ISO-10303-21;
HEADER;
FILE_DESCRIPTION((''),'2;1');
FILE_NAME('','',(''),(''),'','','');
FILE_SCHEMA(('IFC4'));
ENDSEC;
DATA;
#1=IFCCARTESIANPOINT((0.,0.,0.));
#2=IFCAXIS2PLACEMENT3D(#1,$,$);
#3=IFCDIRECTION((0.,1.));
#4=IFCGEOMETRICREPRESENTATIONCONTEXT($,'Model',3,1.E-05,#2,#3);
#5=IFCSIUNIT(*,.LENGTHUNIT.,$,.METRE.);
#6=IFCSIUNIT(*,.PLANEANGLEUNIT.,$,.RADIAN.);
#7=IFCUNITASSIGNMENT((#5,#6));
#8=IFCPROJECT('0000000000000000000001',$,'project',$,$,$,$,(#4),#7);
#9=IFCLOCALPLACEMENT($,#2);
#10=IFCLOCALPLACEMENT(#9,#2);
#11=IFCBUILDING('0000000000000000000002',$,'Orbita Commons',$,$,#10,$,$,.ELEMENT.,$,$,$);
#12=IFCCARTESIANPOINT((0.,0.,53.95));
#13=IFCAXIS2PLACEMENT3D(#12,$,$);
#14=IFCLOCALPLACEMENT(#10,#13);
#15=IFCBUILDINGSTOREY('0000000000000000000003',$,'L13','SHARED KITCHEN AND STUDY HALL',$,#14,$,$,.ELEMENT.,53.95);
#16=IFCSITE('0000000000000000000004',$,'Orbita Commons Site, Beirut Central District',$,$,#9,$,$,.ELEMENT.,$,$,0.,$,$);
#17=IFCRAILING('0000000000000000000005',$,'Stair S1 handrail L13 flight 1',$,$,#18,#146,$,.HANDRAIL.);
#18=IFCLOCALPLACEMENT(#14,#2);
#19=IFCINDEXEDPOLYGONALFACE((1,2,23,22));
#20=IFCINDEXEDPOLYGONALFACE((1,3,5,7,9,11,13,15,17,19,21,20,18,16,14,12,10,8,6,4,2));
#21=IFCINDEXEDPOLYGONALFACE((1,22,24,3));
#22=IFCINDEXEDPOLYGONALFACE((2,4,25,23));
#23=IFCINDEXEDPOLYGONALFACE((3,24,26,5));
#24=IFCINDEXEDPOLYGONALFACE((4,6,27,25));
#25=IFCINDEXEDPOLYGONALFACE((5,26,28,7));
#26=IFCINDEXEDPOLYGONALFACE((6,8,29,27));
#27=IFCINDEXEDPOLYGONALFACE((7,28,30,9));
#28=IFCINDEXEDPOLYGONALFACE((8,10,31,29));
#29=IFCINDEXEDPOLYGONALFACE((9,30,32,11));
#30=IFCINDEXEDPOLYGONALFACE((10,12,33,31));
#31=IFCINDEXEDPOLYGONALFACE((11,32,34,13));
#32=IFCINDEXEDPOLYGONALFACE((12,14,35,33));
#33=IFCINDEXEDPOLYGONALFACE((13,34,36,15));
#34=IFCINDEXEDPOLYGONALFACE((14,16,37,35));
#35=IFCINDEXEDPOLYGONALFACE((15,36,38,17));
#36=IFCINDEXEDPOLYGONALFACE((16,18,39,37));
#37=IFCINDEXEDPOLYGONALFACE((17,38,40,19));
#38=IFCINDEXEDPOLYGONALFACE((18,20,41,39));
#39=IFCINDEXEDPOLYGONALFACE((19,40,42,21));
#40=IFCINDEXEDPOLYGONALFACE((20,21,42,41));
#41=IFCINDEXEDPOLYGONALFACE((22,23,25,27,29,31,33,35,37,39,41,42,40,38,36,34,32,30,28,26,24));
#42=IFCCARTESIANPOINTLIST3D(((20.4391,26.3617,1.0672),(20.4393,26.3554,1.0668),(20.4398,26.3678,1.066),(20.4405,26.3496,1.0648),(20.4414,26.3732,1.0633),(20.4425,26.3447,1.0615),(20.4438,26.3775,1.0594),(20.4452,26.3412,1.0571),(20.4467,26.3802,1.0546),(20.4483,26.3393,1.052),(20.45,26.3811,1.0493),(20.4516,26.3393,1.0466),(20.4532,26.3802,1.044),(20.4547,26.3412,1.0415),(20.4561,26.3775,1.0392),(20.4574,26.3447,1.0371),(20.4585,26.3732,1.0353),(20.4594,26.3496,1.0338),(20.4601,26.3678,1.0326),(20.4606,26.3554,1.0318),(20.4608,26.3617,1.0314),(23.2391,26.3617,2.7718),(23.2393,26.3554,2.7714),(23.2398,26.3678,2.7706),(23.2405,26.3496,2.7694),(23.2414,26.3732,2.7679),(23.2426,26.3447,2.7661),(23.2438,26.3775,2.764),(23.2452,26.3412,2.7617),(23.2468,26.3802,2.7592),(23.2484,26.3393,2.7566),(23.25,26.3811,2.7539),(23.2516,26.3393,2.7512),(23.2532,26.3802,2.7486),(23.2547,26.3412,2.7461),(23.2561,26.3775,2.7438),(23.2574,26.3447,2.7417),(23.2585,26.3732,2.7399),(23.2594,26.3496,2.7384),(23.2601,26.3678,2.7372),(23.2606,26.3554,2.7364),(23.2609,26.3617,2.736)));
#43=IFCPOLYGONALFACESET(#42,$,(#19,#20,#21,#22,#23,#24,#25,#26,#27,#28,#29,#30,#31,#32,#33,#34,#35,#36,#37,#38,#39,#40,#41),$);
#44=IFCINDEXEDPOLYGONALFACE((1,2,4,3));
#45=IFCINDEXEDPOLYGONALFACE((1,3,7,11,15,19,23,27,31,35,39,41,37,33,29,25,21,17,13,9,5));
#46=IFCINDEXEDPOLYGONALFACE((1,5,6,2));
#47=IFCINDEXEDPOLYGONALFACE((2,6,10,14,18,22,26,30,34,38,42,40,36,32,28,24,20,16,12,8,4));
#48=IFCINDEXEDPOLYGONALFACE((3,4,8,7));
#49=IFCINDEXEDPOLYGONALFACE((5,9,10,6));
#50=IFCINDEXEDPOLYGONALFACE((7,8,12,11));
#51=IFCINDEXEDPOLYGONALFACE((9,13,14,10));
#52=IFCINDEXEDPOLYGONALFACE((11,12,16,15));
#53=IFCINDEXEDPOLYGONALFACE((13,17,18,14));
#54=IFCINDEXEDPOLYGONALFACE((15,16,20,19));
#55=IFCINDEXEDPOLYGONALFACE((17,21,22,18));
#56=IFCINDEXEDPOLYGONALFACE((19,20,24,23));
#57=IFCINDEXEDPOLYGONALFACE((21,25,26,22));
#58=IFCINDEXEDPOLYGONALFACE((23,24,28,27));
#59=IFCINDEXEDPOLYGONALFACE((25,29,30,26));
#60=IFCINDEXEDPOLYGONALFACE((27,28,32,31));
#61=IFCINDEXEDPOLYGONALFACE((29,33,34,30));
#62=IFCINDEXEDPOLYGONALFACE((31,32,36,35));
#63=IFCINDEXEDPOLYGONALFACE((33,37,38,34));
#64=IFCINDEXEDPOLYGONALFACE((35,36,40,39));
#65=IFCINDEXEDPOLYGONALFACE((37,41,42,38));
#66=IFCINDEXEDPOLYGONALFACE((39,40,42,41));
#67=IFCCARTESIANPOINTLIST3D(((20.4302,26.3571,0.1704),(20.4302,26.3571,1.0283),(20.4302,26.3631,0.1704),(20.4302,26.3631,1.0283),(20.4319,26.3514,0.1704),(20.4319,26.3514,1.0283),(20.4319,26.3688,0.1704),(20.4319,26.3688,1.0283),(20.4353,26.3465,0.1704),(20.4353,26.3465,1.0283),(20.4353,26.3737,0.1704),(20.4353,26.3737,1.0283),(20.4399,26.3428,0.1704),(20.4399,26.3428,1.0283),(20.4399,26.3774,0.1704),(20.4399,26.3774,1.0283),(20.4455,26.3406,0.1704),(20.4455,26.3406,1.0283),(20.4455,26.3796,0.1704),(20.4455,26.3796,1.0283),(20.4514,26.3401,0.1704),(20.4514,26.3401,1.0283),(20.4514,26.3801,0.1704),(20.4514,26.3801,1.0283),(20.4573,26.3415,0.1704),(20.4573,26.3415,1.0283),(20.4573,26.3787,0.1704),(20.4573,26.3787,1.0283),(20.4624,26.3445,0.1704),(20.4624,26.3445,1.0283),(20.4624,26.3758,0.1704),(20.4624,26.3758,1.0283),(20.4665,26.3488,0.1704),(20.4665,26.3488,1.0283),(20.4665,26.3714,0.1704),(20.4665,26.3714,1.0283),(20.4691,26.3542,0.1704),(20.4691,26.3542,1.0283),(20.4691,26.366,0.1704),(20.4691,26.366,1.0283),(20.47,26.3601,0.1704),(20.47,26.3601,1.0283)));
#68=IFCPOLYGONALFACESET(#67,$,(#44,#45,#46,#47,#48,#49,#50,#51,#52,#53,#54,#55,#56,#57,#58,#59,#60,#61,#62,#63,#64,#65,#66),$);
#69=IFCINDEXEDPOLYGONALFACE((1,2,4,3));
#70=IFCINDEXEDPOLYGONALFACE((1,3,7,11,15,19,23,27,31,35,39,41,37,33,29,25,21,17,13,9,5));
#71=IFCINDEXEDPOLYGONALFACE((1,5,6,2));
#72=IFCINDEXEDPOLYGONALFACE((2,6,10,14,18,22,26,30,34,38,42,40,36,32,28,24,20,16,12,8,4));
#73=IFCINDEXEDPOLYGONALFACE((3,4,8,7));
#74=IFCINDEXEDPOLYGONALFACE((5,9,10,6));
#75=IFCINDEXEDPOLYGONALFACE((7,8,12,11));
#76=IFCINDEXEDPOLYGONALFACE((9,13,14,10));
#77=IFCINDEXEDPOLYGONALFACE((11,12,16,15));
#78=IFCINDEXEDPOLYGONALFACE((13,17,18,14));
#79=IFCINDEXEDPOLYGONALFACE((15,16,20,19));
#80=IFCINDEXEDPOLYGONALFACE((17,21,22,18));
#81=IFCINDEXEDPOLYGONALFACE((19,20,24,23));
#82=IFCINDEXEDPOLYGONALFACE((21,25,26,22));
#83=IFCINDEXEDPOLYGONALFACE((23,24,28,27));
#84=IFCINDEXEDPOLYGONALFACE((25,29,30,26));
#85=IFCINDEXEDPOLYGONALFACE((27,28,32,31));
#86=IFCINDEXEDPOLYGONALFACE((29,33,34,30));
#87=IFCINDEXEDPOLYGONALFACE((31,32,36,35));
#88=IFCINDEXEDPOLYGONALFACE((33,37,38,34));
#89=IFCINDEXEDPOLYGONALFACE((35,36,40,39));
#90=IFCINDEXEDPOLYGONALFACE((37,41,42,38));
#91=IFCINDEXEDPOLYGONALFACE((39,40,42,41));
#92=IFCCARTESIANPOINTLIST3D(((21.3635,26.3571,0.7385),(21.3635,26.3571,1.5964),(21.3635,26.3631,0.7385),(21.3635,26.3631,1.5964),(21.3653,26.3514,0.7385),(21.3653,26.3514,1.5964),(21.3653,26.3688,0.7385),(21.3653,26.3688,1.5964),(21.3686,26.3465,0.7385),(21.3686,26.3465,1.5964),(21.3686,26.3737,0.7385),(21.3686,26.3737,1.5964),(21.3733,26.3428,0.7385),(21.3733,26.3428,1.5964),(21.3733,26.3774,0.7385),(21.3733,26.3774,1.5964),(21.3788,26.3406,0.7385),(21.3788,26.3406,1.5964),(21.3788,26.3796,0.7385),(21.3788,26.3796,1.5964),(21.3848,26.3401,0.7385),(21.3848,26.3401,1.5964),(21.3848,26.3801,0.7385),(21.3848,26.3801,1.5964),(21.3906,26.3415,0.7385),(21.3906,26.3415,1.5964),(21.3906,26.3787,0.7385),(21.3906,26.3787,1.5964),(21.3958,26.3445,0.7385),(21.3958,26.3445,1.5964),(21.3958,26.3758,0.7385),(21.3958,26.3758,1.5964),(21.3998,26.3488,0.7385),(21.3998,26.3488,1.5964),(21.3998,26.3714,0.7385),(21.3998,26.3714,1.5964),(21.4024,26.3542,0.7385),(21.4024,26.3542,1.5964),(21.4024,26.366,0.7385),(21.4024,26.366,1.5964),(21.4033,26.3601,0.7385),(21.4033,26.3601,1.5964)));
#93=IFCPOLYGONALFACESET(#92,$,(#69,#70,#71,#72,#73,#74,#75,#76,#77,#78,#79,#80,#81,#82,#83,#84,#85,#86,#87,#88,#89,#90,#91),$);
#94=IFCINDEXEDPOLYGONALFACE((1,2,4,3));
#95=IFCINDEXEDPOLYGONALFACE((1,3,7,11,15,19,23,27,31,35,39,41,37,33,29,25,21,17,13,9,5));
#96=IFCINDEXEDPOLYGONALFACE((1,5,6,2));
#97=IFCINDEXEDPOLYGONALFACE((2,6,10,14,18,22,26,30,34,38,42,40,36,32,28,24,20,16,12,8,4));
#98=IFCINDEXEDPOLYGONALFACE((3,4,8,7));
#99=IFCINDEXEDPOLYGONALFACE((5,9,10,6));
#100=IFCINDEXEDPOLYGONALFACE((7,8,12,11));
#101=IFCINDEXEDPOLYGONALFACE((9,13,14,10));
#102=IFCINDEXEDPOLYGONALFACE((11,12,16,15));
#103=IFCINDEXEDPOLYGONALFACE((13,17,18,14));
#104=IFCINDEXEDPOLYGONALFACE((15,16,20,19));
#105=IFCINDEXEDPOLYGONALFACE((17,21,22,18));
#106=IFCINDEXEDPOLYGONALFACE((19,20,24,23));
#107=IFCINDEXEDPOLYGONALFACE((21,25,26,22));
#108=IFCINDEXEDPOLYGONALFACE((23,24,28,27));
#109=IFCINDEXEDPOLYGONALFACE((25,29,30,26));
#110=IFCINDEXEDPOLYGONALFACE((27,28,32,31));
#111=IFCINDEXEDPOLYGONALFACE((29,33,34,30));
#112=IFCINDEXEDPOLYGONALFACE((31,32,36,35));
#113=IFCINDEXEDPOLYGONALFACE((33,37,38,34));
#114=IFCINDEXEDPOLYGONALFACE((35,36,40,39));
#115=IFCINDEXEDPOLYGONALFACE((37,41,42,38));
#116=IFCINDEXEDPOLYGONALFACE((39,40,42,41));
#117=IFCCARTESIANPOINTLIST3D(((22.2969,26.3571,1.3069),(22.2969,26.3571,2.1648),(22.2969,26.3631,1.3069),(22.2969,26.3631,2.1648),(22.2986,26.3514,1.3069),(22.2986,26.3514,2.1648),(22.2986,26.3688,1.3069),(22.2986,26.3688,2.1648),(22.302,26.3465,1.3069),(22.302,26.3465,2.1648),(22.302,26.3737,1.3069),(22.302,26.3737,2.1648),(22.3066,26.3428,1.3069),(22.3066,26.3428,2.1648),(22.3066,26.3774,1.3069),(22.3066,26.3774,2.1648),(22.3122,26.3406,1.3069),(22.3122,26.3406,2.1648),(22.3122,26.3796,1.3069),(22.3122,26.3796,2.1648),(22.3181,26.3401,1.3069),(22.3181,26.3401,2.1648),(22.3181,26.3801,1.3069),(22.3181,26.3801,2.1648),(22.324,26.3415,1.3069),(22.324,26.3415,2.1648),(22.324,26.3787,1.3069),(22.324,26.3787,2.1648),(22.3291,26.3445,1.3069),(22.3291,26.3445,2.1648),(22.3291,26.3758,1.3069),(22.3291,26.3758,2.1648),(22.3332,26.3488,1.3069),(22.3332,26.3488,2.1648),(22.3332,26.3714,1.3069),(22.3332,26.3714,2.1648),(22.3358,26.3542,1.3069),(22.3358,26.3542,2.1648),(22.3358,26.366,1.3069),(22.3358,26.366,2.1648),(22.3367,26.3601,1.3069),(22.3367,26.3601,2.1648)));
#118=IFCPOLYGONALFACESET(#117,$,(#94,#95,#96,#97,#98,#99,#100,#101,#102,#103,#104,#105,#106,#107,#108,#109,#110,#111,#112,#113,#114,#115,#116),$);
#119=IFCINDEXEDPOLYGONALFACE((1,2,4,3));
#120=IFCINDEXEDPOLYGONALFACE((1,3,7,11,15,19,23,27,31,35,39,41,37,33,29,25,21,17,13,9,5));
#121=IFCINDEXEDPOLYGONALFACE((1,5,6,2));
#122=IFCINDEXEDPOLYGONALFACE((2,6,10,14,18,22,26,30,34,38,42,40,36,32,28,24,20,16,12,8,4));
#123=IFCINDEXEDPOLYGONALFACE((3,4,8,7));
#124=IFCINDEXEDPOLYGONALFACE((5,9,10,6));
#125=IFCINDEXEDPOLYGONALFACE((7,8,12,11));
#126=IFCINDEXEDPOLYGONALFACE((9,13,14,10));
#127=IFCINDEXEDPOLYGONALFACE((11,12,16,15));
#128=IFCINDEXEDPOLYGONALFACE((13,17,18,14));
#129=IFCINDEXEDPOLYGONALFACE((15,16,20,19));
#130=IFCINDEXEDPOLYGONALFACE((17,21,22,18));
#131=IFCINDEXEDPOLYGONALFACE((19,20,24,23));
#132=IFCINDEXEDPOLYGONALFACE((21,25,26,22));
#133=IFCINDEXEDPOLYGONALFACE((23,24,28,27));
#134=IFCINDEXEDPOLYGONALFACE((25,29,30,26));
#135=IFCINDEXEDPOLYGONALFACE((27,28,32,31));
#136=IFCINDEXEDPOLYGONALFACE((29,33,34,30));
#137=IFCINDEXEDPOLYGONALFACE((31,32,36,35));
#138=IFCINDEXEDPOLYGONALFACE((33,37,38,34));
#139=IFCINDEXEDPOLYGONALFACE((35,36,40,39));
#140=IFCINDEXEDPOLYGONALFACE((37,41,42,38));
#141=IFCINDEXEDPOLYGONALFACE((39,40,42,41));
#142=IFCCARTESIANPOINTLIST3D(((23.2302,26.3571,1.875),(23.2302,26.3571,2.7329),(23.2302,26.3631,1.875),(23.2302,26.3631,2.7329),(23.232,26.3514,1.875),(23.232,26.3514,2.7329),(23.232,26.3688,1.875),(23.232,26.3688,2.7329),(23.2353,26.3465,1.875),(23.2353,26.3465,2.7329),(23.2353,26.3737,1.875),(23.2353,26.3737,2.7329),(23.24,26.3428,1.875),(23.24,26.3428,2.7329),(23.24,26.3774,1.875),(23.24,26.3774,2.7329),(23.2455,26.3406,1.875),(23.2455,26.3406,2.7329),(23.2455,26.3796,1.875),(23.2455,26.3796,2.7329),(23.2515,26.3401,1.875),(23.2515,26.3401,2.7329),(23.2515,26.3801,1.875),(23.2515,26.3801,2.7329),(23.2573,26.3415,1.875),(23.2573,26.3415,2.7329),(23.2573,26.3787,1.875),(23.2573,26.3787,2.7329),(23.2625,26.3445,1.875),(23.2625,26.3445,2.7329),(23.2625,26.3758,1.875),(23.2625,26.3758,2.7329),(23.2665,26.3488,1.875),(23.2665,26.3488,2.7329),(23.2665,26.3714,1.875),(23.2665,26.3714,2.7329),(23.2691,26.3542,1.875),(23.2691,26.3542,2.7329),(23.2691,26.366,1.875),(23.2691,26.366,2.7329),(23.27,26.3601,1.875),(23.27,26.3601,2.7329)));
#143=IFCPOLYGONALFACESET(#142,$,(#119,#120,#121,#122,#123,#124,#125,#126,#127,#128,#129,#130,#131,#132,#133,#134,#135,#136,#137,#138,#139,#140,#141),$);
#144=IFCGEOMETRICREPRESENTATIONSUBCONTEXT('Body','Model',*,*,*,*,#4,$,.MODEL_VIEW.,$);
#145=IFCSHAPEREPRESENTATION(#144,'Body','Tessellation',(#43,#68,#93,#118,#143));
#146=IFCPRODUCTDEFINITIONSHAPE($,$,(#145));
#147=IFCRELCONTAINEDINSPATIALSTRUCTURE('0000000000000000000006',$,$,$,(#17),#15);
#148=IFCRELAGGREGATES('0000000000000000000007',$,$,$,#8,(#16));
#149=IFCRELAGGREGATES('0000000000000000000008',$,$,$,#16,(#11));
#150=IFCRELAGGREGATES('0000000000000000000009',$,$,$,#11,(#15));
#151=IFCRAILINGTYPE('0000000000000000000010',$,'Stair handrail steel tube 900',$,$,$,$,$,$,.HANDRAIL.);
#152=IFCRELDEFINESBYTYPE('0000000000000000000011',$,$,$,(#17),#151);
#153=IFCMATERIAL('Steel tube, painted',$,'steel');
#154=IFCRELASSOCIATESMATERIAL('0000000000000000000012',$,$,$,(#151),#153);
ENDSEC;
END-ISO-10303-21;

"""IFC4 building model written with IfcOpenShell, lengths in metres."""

from ifc_helpers import new_model, si_unit, direction, frame, origin, origin_2d, place, context, subcontext, project, spatial, circle, extrude, material, type_object, element, save


model = new_model("IFC4")

# Units and contexts
model_context = context("Model", 3, precision=1e-05, world=origin(), true_north=direction((0.0, 1.0)))
body_context = subcontext(model_context, "Body", "Model", "MODEL_VIEW")
ifc_project = project(units=[si_unit("LENGTHUNIT", "METRE"), si_unit("PLANEANGLEUNIT", "RADIAN")], contexts=[model_context])

# Site, building, storey
site_placement = place(None, origin())
site = spatial("IfcSite", under=ifc_project, at=site_placement, Name="Orbita Commons Site, Beirut Central District", CompositionType="ELEMENT", RefElevation=0.0)
building_placement = place(site_placement, origin())
building = spatial("IfcBuilding", under=site, at=building_placement, Name="Orbita Commons", CompositionType="ELEMENT")
storey_placement = place(building_placement, frame((0.0, 0.0, 53.95)))
storey = spatial("IfcBuildingStorey", under=building, at=storey_placement, Name="L13", Description="SHARED KITCHEN AND STUDY HALL", CompositionType="ELEMENT", Elevation=53.95)

# Railing
ifc_material_1 = material(Name="Steel tube, painted", Category="steel")
railing_type = type_object("IfcRailingType", Name="Stair handrail steel tube 900", PredefinedType="HANDRAIL", material=ifc_material_1)
for number, where, name in (
    (1, (20.45, 26.3601, 0.1704), "Stair S1 handrail L13 flight 1"),
):
    element("IfcRailing", number, at=place(storey_placement, frame(where)), inside=storey, type_object=railing_type, Name=name, PredefinedType="HANDRAIL", context=body_context, shape_type="SweptSolid", body=[
        extrude(circle(Radius=0.021, at=origin_2d()), frame((0.0, 0.0, 0.8789), z_axis=(0.85417, 0.0, 0.519994), x_axis=(0.0, 1.0, 0.0)), (0.0, 0.0, 1.0), 3.2781),
        extrude(circle(Radius=0.02, at=origin_2d()), origin(), (0.0, 0.0, 1.0), 0.8579),
        extrude(circle(Radius=0.02, at=origin_2d()), frame((0.9333, 0.0, 0.5681)), (0.0, 0.0, 1.0), 0.8579),
        extrude(circle(Radius=0.02, at=origin_2d()), frame((1.8667, 0.0, 1.1365)), (0.0, 0.0, 1.0), 0.8579),
        extrude(circle(Radius=0.02, at=origin_2d()), frame((2.8, 0.0, 1.7046)), (0.0, 0.0, 1.0), 0.8579),
    ])

save(model, "model.ifc")
